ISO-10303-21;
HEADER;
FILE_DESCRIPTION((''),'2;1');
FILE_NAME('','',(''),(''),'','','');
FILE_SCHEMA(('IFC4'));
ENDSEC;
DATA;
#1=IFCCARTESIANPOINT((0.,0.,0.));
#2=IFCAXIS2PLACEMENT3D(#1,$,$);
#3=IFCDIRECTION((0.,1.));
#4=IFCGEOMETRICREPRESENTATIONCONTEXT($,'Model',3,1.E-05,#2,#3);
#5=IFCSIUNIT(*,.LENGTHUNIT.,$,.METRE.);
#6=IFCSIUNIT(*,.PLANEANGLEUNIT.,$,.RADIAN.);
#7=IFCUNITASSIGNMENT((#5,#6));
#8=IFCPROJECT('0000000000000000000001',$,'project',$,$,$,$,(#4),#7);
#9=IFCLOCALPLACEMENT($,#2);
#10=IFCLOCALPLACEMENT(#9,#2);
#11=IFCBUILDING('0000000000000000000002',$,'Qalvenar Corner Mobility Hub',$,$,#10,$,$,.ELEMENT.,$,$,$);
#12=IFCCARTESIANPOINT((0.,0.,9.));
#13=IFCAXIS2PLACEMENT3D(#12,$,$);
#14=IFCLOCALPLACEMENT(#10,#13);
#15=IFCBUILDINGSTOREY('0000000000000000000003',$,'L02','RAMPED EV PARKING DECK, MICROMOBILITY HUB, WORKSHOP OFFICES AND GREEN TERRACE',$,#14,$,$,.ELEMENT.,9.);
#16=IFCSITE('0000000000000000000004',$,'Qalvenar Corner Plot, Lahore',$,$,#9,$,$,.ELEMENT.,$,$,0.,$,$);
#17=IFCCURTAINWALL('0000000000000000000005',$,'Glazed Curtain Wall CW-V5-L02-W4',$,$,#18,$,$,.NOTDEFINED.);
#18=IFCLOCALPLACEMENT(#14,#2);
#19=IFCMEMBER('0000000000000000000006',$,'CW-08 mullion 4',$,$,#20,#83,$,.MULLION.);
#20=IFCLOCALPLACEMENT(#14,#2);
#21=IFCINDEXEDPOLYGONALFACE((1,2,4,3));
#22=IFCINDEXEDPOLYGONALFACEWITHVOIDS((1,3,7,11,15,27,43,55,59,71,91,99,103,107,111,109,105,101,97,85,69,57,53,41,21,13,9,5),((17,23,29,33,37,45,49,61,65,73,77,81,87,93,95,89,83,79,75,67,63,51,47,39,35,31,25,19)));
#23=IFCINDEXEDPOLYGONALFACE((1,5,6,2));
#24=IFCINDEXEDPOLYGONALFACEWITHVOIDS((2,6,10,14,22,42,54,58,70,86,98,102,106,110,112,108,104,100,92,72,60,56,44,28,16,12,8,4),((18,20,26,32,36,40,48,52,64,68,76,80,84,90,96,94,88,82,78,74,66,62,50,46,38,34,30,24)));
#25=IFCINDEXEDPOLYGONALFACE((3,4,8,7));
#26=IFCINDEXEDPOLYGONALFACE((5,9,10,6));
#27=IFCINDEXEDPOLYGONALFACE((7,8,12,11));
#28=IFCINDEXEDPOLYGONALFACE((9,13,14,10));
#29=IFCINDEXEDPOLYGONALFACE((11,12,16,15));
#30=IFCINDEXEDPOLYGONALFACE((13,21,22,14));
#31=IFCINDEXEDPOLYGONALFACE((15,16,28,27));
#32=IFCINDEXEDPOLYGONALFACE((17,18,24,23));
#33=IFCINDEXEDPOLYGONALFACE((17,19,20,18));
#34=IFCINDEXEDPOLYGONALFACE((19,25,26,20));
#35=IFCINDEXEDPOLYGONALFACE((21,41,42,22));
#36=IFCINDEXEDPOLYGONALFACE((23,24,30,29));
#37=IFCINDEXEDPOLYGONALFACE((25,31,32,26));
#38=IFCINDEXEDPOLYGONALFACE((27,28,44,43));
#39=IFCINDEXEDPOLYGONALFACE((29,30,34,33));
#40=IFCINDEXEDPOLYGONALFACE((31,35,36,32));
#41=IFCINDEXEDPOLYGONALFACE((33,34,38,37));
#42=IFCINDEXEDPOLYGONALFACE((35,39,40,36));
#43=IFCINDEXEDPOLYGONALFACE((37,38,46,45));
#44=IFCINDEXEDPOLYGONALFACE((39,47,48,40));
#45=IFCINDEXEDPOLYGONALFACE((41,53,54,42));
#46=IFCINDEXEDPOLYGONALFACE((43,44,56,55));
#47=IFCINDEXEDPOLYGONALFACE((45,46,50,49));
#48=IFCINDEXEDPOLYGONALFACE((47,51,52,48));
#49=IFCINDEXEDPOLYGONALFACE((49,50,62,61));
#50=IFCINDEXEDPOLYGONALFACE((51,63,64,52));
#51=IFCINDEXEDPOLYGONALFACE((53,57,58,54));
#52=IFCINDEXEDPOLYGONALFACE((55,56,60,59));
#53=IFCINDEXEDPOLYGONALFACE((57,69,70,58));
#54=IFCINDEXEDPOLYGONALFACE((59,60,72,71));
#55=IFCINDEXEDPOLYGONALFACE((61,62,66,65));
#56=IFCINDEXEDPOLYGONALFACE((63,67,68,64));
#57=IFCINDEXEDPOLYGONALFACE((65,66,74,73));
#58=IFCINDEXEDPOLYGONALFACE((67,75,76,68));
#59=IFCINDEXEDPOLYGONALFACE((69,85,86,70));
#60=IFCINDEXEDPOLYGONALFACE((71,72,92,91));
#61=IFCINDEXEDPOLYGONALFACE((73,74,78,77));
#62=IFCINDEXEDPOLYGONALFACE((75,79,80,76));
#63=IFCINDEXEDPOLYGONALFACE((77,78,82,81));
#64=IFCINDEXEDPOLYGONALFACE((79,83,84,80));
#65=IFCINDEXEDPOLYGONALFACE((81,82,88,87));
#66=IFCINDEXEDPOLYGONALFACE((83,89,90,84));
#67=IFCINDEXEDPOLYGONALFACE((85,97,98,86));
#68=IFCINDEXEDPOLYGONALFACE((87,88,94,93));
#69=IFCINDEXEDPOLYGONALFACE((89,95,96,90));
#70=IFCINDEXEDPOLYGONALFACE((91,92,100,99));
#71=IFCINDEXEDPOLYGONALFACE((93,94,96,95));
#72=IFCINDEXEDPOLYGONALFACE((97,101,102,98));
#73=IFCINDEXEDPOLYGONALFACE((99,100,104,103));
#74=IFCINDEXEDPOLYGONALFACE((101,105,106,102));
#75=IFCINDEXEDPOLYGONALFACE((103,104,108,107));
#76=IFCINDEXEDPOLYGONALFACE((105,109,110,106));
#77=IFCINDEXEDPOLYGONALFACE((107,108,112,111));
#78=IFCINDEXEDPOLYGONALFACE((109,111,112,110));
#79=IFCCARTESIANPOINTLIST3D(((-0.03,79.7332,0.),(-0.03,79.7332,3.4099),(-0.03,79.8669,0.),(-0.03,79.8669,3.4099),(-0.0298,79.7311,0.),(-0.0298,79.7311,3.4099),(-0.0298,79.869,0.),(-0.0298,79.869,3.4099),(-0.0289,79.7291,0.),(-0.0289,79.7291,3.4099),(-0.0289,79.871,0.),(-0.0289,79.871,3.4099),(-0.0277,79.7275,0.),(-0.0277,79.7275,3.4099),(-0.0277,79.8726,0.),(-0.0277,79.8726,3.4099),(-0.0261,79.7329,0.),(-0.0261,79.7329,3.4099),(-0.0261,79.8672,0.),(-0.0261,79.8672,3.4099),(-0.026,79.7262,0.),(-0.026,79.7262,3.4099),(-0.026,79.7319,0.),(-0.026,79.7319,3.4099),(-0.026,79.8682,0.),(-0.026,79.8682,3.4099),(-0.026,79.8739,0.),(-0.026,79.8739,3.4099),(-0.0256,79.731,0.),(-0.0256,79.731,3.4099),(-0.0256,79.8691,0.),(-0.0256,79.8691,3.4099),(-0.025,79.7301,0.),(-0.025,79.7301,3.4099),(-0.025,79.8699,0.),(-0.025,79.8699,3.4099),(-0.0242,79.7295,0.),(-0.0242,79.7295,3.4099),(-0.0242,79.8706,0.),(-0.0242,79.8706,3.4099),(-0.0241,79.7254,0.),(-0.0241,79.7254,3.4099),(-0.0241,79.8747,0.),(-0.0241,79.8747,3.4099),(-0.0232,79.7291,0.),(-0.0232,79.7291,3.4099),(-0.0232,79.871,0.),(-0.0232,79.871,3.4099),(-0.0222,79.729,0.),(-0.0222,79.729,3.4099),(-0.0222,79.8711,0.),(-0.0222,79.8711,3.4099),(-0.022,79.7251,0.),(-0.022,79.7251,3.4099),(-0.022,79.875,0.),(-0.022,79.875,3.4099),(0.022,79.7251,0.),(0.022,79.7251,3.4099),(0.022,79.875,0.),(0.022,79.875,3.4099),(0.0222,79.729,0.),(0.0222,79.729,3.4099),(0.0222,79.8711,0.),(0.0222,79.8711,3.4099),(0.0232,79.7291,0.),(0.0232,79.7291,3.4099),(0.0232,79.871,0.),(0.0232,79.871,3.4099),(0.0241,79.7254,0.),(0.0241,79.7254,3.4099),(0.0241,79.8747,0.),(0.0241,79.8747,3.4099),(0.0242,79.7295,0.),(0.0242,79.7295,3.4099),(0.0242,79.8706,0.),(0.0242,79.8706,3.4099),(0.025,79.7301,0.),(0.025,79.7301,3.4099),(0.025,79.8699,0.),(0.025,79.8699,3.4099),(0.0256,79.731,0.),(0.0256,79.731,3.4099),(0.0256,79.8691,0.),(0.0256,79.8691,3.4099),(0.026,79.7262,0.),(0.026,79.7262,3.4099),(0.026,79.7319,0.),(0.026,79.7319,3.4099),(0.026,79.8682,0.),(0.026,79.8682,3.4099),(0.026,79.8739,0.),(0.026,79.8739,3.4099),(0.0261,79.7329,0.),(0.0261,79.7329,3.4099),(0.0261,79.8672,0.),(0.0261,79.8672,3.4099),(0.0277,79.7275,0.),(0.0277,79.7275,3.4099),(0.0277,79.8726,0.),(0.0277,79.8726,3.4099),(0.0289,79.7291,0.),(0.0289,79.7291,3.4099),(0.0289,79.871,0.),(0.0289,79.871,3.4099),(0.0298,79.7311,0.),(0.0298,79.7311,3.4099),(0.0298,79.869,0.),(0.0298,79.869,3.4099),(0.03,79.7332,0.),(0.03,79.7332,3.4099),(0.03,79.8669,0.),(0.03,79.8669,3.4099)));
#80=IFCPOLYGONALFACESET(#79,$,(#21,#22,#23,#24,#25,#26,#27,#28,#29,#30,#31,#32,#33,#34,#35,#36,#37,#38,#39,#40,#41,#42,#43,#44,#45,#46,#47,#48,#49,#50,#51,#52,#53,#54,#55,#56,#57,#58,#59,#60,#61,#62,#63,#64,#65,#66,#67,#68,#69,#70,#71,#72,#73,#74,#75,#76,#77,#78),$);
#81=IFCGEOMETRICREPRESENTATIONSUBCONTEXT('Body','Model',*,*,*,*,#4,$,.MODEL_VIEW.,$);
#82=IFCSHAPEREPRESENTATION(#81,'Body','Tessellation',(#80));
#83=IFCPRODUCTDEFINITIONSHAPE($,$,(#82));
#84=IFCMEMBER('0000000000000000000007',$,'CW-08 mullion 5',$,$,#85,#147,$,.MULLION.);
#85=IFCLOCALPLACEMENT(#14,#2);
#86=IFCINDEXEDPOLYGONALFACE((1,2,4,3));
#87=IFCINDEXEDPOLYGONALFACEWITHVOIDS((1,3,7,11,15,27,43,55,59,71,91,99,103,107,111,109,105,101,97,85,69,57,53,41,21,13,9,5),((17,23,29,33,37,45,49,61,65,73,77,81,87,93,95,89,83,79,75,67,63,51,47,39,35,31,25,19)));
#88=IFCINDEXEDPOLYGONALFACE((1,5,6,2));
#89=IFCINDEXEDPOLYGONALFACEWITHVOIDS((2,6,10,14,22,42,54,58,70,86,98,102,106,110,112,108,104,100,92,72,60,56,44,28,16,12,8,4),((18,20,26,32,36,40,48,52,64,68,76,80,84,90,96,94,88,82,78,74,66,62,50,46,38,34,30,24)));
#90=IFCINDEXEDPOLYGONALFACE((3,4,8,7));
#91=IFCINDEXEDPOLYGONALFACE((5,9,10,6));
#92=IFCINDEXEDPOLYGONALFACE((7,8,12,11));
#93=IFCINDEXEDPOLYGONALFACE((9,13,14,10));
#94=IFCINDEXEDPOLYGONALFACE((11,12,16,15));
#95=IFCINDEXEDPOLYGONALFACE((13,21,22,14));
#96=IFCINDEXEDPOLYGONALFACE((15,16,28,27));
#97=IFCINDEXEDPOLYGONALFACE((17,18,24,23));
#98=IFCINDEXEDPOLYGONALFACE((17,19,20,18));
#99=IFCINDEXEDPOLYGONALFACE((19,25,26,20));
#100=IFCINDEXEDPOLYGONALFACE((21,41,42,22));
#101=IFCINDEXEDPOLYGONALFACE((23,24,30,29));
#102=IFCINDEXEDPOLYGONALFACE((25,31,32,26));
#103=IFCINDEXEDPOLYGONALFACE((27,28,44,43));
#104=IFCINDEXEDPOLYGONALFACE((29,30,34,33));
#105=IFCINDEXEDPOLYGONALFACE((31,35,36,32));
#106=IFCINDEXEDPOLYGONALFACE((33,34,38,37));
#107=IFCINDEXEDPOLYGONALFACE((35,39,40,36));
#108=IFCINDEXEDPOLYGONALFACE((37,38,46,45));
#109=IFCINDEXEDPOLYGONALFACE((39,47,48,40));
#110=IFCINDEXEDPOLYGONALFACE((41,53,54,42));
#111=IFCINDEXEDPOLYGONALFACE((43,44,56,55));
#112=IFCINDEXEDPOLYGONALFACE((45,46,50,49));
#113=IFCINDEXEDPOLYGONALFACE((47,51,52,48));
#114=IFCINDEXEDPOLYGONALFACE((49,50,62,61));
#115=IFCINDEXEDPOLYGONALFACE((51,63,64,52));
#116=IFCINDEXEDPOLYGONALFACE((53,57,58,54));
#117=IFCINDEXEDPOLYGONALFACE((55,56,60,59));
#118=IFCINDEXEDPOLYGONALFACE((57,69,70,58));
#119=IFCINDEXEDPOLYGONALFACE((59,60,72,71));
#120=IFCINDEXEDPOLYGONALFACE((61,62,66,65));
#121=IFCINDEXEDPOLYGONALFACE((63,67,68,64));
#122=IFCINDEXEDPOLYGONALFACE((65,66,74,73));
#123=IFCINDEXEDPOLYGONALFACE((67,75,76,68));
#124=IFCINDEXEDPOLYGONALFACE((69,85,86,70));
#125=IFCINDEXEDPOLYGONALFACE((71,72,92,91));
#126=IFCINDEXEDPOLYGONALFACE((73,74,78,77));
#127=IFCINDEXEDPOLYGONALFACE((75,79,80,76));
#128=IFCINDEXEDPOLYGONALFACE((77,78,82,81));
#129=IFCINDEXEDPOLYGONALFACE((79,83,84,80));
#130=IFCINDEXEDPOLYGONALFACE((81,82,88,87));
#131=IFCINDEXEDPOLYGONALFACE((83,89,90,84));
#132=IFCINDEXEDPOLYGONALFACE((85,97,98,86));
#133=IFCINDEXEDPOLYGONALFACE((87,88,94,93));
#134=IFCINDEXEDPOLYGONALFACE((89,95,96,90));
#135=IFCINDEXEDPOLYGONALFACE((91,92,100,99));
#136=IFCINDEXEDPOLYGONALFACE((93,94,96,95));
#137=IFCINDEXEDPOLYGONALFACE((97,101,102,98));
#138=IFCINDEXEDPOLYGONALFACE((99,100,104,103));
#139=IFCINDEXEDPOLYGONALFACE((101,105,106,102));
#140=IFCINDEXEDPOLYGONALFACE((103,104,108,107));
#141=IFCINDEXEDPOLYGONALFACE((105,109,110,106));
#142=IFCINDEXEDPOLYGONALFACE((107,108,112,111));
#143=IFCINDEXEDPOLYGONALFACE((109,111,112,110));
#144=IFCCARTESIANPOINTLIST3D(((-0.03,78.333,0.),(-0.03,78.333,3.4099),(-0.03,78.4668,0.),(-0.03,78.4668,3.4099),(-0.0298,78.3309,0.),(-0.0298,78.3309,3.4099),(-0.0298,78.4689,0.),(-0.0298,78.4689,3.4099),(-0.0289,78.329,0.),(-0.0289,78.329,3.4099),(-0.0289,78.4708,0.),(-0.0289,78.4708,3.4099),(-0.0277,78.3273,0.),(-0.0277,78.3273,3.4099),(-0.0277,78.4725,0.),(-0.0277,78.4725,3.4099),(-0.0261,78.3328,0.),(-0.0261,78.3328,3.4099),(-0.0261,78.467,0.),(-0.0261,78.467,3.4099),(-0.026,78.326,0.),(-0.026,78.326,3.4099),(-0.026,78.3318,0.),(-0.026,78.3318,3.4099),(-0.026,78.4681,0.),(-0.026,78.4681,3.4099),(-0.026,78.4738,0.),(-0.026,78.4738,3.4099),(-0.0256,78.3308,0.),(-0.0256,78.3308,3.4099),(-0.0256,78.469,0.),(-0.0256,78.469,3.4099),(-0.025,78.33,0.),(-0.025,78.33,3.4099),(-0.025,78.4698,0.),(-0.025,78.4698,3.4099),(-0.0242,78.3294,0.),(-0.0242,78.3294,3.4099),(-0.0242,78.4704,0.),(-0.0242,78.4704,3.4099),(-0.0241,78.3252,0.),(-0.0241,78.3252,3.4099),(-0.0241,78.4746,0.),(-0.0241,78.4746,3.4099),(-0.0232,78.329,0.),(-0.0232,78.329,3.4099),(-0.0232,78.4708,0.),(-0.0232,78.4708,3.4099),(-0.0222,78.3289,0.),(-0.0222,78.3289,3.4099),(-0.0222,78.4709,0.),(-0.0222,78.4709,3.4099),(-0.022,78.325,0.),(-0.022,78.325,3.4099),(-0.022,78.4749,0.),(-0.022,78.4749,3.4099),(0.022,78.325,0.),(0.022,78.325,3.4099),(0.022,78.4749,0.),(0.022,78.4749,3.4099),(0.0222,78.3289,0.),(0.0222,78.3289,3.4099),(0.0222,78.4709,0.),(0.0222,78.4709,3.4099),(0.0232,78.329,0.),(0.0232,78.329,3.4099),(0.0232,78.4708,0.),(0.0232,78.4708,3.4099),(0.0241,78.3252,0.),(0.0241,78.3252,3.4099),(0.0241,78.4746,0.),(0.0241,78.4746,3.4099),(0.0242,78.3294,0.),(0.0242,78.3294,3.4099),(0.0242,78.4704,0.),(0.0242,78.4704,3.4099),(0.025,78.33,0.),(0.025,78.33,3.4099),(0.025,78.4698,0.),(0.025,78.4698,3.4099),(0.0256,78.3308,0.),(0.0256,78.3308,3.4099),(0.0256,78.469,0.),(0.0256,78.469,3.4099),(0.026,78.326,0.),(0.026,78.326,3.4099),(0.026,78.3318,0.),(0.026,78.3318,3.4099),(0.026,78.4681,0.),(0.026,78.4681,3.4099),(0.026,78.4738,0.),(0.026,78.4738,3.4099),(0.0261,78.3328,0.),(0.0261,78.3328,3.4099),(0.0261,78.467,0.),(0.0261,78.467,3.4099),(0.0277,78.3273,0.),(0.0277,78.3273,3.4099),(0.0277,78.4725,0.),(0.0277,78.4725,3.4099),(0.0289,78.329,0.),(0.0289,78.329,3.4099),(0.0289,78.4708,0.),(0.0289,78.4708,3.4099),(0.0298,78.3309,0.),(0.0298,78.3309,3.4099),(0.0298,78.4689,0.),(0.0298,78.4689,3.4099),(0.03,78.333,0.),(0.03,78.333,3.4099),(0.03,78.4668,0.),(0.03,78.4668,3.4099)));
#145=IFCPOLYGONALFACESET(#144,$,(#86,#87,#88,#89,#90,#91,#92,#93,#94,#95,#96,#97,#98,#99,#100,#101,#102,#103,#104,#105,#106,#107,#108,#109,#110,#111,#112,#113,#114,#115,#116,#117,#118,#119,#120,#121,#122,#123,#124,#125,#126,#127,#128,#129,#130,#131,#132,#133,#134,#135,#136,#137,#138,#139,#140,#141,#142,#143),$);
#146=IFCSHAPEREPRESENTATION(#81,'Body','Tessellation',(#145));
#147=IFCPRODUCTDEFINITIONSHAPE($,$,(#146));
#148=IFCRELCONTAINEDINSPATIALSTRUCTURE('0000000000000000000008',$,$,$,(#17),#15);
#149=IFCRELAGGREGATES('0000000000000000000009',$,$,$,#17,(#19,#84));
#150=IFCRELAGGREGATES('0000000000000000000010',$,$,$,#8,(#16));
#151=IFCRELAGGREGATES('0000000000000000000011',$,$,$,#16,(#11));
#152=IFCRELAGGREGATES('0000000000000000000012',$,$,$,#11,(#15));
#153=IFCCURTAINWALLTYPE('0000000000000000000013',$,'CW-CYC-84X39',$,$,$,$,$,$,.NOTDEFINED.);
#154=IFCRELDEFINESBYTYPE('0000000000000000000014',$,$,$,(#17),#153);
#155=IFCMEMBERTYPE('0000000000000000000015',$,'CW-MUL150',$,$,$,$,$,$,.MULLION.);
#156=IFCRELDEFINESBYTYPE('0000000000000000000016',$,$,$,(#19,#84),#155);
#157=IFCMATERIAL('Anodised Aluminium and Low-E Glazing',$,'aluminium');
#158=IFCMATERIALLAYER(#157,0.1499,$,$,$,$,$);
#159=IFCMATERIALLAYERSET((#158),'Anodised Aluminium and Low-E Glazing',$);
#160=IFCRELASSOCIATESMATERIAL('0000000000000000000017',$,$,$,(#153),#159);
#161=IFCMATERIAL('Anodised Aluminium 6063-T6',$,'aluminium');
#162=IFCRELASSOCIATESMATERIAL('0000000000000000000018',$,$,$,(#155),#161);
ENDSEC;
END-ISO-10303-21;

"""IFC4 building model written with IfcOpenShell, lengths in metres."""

from ifc_helpers import new_model, si_unit, direction, frame, origin, origin_2d, place, context, subcontext, project, spatial, hollow_rectangle, extrude, material, layer, layer_set, material_profile, profile_set, type_object, element, aggregate, save


model = new_model("IFC4")

# Units and contexts
model_context = context("Model", 3, precision=1e-05, world=origin(), true_north=direction((0.0, 1.0)))
body_context = subcontext(model_context, "Body", "Model", "MODEL_VIEW")
ifc_project = project(units=[si_unit("LENGTHUNIT", "METRE"), si_unit("PLANEANGLEUNIT", "RADIAN")], contexts=[model_context])

# Site, building, storey
site_placement = place(None, origin())
site = spatial("IfcSite", under=ifc_project, at=site_placement, Name="Qalvenar Corner Plot, Lahore", CompositionType="ELEMENT", RefElevation=0.0)
building_placement = place(site_placement, origin())
building = spatial("IfcBuilding", under=site, at=building_placement, Name="Qalvenar Corner Mobility Hub", CompositionType="ELEMENT")
storey_placement = place(building_placement, frame((0.0, 0.0, 9.0)))
storey = spatial("IfcBuildingStorey", under=building, at=storey_placement, Name="L02", Description="RAMPED EV PARKING DECK, MICROMOBILITY HUB, WORKSHOP OFFICES AND GREEN TERRACE", CompositionType="ELEMENT", Elevation=9.0)

# Curtain wall, members
ifc_material_1 = material(Name="Anodised Aluminium and Low-E Glazing", Category="aluminium")
ifc_layer_1 = layer(ifc_material_1, 0.1499)
ifc_layer_set_1 = layer_set([ifc_layer_1], Name="Anodised Aluminium and Low-E Glazing")
curtain_wall_type = type_object("IfcCurtainWallType", Name="CW-CYC-84X39", PredefinedType="NOTDEFINED", material=ifc_layer_set_1)
curtain_wall_placement = place(storey_placement, origin())
curtain_wall = element("IfcCurtainWall", 1, at=curtain_wall_placement, inside=storey, type_object=curtain_wall_type, Name="Glazed Curtain Wall CW-V5-L02-W4", PredefinedType="NOTDEFINED")
ifc_material_2 = material(Name="Anodised Aluminium 6063-T6", Category="aluminium")
ifc_material_profile_1 = material_profile(ifc_material_2, hollow_rectangle(XDim=0.0601, YDim=0.1499, WallThickness=0.0039, InnerFilletRadius=0.0039, OuterFilletRadius=0.0081, at=origin_2d()), Name="RHS150x60x4")
ifc_profile_set_1 = profile_set([ifc_material_profile_1], Name="Anodised Aluminium 6063-T6")
member_type_1 = type_object("IfcMemberType", Name="CW-MUL150", PredefinedType="MULLION", material=ifc_profile_set_1)
member_1_placement = place(storey_placement, frame((0.0, 79.8, 0.0), z_axis=(0.0, 0.0, 1.0), x_axis=(1.0, 0.0, 0.0)))
member_1 = element("IfcMember", 2, at=member_1_placement, type_object=member_type_1, Name="CW-08 mullion 4", PredefinedType="MULLION", context=body_context, shape_type="SweptSolid", body=[
    extrude(hollow_rectangle(XDim=0.0601, YDim=0.1499, WallThickness=0.0039, InnerFilletRadius=0.0039, OuterFilletRadius=0.0081, at=origin_2d()), origin(), (0.0, 0.0, 1.0), 3.4099),
])
member_2_placement = place(storey_placement, frame((0.0, 78.3999, 0.0), z_axis=(0.0, 0.0, 1.0), x_axis=(1.0, 0.0, 0.0)))
member_2 = element("IfcMember", 3, at=member_2_placement, type_object=member_type_1, Name="CW-08 mullion 5", PredefinedType="MULLION", context=body_context, shape_type="SweptSolid", body=[
    extrude(hollow_rectangle(XDim=0.0601, YDim=0.1499, WallThickness=0.0039, InnerFilletRadius=0.0039, OuterFilletRadius=0.0081, at=origin_2d()), origin(), (0.0, 0.0, 1.0), 3.4099),
])
aggregate(curtain_wall, [member_1, member_2])

save(model, "model.ifc")
